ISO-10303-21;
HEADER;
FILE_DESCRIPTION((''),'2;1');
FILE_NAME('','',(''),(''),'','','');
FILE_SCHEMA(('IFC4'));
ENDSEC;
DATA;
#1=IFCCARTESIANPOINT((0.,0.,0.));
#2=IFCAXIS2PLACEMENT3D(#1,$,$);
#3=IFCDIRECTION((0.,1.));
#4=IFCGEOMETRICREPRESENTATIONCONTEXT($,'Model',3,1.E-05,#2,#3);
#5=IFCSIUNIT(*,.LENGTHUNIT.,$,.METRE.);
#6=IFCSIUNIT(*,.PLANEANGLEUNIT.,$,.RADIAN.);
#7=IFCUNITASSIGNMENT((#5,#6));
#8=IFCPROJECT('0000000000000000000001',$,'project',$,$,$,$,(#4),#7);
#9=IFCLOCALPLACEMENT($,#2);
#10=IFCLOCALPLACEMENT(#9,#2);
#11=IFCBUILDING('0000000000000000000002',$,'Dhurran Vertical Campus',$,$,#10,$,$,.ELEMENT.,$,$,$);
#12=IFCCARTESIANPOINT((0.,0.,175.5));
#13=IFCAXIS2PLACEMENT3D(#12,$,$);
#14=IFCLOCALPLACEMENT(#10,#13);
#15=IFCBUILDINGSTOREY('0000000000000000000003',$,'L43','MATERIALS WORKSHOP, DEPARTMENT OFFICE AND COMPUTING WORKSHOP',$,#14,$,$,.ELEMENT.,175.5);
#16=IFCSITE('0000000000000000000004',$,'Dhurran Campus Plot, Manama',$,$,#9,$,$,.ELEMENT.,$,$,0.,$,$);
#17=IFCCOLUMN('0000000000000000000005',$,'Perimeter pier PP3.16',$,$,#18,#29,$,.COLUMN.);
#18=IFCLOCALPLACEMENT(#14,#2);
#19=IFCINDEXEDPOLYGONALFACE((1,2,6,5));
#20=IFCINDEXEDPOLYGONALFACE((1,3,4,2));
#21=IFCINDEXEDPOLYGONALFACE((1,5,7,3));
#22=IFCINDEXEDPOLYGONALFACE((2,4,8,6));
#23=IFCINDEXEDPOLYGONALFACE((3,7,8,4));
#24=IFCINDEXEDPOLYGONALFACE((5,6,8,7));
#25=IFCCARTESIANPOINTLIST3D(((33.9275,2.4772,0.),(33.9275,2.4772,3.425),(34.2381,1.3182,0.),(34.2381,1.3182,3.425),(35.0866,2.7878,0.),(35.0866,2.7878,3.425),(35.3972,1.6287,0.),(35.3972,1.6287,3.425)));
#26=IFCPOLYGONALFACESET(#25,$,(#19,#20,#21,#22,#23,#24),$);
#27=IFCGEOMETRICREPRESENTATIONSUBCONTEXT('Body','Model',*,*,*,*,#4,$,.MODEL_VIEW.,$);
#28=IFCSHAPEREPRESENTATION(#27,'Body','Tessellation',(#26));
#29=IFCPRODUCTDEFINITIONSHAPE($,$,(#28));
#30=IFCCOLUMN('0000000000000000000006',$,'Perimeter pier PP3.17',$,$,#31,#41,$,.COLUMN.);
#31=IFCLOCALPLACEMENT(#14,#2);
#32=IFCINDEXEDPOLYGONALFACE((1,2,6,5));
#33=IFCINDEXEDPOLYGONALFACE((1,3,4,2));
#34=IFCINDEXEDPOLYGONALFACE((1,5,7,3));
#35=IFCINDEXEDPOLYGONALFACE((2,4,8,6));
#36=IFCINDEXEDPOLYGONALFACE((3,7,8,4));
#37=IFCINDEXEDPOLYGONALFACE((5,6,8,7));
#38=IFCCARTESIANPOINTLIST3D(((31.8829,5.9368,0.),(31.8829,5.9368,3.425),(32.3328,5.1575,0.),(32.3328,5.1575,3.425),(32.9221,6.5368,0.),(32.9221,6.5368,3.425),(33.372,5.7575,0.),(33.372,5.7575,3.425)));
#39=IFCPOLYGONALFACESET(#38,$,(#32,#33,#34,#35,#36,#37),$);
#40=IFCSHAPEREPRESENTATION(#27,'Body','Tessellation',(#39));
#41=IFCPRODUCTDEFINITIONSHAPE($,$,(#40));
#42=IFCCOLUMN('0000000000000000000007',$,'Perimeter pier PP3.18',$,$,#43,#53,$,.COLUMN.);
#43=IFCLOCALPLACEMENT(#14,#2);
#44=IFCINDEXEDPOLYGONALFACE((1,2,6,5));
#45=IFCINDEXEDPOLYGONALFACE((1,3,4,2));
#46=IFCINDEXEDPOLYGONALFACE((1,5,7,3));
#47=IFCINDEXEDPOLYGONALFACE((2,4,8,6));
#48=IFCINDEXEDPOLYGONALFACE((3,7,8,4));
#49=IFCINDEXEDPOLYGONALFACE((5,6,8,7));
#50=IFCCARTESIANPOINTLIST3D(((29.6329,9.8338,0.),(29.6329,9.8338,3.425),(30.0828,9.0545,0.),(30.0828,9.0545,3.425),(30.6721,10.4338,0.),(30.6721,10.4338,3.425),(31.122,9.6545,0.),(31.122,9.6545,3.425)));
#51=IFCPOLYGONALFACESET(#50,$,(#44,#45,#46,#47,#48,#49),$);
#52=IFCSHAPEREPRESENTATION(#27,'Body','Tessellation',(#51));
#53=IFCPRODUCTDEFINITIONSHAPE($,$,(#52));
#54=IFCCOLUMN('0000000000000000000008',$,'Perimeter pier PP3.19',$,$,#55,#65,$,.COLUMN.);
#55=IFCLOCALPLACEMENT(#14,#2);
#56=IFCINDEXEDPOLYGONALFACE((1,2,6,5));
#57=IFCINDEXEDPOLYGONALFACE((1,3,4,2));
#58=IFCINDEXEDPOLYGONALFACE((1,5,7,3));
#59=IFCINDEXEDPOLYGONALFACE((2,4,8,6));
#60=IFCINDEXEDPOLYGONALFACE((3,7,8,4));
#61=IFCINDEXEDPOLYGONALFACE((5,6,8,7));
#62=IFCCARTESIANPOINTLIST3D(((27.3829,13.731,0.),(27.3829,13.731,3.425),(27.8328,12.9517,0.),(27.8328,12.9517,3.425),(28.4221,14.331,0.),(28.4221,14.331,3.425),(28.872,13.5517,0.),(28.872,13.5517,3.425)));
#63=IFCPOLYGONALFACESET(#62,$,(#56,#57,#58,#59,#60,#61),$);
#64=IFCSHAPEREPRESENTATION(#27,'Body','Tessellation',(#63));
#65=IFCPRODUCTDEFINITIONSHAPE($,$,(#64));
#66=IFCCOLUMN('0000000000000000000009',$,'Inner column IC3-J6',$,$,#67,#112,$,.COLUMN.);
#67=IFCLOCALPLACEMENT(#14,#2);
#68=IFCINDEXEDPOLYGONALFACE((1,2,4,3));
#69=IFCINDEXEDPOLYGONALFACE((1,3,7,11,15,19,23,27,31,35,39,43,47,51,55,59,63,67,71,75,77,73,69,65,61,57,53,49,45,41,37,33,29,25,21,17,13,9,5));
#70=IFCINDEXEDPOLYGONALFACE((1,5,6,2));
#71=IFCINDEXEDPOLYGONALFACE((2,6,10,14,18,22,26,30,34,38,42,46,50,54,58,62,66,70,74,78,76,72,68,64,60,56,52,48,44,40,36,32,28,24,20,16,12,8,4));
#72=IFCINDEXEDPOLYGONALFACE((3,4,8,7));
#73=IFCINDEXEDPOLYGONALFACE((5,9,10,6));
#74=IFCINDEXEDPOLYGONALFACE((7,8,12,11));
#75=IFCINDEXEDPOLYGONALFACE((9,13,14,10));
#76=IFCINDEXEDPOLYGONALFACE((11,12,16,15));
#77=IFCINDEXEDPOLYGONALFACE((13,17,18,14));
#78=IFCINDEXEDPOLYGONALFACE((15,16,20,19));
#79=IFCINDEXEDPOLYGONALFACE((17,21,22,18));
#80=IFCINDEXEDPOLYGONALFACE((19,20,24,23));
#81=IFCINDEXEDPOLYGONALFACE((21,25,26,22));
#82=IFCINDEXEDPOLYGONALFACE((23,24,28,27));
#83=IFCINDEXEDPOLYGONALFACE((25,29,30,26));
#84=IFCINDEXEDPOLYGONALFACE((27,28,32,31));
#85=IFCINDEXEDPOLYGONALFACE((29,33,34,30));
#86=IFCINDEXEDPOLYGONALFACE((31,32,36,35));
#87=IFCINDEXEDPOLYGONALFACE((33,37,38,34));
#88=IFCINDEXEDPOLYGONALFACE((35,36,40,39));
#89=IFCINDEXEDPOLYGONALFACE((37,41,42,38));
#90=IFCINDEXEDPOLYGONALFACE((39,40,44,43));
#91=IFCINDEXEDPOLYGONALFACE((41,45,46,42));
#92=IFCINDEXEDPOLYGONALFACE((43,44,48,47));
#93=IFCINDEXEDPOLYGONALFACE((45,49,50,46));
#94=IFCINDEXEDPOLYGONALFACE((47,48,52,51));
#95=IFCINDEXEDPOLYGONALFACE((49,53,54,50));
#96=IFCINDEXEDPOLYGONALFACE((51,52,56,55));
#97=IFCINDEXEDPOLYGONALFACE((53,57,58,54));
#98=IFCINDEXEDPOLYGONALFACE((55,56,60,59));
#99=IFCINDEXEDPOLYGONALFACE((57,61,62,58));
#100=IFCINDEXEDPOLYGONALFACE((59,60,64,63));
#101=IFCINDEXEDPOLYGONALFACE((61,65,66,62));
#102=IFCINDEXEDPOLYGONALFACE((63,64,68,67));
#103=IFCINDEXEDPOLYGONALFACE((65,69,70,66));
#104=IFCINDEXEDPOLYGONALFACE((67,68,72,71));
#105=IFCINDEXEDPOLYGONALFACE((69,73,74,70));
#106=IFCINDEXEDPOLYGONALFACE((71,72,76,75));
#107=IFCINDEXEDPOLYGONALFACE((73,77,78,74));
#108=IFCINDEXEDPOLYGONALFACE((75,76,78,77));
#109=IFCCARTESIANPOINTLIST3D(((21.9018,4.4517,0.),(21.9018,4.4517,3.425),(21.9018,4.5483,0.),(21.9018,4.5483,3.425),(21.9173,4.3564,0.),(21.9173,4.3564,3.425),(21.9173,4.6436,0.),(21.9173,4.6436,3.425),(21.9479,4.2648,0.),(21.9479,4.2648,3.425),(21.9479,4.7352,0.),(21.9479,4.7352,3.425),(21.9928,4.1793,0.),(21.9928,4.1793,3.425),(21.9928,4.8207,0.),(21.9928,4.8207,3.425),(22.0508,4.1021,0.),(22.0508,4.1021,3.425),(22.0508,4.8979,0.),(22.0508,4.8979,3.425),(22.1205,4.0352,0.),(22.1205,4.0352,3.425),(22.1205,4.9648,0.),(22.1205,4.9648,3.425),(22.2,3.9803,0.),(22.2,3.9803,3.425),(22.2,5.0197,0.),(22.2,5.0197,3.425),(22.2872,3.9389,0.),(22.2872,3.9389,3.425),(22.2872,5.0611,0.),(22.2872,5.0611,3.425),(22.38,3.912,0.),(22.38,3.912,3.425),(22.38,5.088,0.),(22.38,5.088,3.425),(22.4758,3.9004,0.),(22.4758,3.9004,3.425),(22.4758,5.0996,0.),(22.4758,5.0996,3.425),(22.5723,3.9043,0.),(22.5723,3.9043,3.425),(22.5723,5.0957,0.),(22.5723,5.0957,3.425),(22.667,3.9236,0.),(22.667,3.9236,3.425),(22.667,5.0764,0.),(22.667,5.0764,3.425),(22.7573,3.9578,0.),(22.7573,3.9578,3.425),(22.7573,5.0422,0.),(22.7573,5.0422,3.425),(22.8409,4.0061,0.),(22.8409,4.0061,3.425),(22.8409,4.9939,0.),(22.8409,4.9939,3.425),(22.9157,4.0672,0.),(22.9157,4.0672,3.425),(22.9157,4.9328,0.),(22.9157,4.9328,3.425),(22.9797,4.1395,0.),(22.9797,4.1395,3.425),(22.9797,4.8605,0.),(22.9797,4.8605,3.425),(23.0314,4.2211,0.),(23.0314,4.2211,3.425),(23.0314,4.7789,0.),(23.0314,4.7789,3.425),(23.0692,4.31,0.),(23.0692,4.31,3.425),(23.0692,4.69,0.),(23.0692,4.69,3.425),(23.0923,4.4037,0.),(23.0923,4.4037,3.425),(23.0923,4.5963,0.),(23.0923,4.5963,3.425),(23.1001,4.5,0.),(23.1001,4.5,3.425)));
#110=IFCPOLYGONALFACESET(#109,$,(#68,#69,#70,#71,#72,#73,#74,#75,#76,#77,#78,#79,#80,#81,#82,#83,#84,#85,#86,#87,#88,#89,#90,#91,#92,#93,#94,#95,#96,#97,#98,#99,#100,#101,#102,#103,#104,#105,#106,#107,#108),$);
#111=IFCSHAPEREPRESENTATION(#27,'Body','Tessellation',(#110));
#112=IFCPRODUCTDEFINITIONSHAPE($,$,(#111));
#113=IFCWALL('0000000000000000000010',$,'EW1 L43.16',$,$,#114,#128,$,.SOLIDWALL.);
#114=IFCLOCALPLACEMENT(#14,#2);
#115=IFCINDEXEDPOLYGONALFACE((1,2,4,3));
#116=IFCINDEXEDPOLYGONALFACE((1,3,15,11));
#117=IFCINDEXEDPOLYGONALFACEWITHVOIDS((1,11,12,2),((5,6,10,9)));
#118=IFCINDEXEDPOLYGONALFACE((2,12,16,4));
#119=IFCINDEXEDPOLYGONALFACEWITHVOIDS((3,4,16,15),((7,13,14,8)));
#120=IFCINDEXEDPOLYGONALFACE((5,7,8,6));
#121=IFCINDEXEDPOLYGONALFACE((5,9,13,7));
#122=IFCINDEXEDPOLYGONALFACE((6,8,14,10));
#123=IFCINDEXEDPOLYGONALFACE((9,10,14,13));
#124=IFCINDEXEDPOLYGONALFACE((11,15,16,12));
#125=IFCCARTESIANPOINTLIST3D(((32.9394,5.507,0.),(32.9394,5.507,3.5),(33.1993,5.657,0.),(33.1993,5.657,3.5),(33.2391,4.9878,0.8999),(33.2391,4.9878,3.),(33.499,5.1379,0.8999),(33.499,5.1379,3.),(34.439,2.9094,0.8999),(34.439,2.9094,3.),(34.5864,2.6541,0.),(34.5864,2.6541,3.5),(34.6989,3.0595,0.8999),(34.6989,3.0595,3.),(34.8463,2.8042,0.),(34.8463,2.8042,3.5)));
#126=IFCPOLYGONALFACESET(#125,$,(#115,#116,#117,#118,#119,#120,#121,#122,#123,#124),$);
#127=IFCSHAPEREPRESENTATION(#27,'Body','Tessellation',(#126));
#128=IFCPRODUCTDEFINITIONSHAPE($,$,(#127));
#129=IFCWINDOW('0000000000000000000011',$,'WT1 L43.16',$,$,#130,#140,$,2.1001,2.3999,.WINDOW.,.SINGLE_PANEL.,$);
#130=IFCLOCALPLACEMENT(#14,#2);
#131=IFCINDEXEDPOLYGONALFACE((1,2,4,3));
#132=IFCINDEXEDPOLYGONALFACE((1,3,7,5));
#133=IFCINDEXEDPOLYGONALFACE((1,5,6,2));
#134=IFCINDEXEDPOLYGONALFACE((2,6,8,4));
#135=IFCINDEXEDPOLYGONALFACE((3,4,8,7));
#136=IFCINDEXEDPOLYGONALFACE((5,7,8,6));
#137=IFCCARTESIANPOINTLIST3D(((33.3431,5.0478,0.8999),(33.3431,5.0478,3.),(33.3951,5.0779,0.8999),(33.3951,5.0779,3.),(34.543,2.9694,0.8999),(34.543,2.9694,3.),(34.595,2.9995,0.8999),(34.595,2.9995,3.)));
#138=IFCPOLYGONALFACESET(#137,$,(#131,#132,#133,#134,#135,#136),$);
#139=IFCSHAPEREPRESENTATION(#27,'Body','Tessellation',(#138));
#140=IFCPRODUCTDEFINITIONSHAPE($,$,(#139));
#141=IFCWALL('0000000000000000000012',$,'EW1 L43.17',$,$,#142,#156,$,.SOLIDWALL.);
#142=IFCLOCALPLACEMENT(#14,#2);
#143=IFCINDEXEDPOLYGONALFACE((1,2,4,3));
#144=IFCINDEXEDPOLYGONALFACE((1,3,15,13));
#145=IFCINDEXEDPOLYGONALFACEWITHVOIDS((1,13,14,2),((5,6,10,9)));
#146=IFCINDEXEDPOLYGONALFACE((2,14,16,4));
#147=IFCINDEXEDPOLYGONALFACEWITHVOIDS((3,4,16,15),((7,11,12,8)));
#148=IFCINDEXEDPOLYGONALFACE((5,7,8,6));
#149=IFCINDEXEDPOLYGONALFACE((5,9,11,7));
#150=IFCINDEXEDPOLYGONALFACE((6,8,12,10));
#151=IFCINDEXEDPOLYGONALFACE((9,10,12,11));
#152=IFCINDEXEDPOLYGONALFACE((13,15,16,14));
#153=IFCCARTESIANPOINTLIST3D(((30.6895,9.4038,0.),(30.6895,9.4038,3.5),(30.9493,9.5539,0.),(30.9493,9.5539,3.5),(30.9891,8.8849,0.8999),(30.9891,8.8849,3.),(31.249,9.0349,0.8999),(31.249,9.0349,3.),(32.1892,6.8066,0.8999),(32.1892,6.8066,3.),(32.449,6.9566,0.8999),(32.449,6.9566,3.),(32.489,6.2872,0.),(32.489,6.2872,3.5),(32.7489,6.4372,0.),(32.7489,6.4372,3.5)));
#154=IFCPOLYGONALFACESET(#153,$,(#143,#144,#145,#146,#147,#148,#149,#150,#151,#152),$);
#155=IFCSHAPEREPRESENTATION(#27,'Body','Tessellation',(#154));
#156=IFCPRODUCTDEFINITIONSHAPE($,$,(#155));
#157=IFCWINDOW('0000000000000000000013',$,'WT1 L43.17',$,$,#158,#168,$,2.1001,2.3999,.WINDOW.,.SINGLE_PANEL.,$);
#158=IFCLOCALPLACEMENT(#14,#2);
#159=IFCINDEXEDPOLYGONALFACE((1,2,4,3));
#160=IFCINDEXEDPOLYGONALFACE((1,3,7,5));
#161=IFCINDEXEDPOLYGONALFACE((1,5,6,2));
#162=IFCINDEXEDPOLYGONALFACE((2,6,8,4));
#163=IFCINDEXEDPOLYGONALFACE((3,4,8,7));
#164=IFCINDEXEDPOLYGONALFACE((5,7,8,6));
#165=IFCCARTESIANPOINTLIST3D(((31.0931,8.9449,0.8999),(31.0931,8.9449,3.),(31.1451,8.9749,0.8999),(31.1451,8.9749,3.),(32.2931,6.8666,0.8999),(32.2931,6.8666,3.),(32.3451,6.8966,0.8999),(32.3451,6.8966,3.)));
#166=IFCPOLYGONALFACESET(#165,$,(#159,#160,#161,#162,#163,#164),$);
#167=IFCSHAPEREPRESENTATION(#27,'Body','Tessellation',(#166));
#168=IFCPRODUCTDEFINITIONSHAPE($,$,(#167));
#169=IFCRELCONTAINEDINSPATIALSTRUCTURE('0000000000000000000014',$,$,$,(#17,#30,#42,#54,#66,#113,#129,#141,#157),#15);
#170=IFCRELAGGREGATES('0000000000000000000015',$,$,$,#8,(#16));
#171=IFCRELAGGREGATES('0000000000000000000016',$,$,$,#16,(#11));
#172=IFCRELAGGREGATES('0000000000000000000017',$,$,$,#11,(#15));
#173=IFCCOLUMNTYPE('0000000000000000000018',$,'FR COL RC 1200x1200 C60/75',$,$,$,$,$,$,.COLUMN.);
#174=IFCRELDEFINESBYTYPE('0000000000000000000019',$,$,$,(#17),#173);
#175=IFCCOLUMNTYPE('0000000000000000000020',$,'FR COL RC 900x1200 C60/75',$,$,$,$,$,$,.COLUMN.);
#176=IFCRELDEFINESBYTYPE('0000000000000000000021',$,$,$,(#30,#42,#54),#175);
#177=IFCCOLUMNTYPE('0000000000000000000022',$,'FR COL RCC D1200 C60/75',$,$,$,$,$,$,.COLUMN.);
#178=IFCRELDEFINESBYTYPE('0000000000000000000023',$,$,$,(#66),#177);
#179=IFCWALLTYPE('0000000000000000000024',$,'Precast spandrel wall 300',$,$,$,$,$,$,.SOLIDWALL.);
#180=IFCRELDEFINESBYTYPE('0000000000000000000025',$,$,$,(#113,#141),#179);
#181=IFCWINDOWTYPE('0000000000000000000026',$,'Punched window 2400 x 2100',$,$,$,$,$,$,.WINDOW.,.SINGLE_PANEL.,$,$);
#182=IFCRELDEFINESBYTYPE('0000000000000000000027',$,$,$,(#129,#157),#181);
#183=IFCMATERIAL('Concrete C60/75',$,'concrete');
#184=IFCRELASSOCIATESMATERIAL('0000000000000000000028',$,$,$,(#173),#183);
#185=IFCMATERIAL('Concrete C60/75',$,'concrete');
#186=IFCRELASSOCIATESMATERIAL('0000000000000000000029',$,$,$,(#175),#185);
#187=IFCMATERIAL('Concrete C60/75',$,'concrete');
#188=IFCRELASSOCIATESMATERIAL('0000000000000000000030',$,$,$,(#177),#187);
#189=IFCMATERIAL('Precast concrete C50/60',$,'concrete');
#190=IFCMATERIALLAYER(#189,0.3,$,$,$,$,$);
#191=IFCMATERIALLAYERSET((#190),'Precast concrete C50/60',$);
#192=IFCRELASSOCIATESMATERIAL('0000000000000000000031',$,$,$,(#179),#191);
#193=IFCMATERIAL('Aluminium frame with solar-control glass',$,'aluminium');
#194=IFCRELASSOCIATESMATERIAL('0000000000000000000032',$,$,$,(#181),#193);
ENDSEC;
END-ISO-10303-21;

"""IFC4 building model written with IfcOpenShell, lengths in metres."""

from ifc_helpers import new_model, si_unit, direction, frame, frame_2d, origin, origin_2d, place, context, subcontext, project, spatial, rectangle, circle, extrude, material, layer, layer_set, material_profile, profile_set, type_object, element, fill, save


model = new_model("IFC4")

# Units and contexts
model_context = context("Model", 3, precision=1e-05, world=origin(), true_north=direction((0.0, 1.0)))
body_context = subcontext(model_context, "Body", "Model", "MODEL_VIEW")
ifc_project = project(units=[si_unit("LENGTHUNIT", "METRE"), si_unit("PLANEANGLEUNIT", "RADIAN")], contexts=[model_context])

# Site, building, storey
site_placement = place(None, origin())
site = spatial("IfcSite", under=ifc_project, at=site_placement, Name="Dhurran Campus Plot, Manama", CompositionType="ELEMENT", RefElevation=0.0)
building_placement = place(site_placement, origin())
building = spatial("IfcBuilding", under=site, at=building_placement, Name="Dhurran Vertical Campus", CompositionType="ELEMENT")
storey_placement = place(building_placement, frame((0.0, 0.0, 175.5)))
storey = spatial("IfcBuildingStorey", under=building, at=storey_placement, Name="L43", Description="MATERIALS WORKSHOP, DEPARTMENT OFFICE AND COMPUTING WORKSHOP", CompositionType="ELEMENT", Elevation=175.5)

# Columns
ifc_material_1 = material(Name="Concrete C60/75", Category="concrete")
ifc_material_profile_1 = material_profile(ifc_material_1, rectangle(XDim=1.2, YDim=1.2, at=origin_2d()), Name="RC 1200x1200")
ifc_profile_set_1 = profile_set([ifc_material_profile_1], Name="Concrete C60/75")
column_type_1 = type_object("IfcColumnType", Name="FR COL RC 1200x1200 C60/75", PredefinedType="COLUMN", material=ifc_profile_set_1)
column_1_placement = place(storey_placement, frame((34.6624, 2.053, 0.0), z_axis=(0.0, 0.0, 1.0), x_axis=(-0.258819, 0.965926, 0.0)))
element("IfcColumn", 1, at=column_1_placement, inside=storey, type_object=column_type_1, Name="Perimeter pier PP3.16", PredefinedType="COLUMN", context=body_context, shape_type="SweptSolid", body=[
    extrude(rectangle(XDim=1.2, YDim=1.2, at=origin_2d()), origin(), (0.0, 0.0, 1.0), 3.425),
])
ifc_material_2 = material(Name="Concrete C60/75", Category="concrete")
ifc_material_profile_2 = material_profile(ifc_material_2, rectangle(XDim=0.8999, YDim=1.2, at=origin_2d()), Name="RC 900x1200")
ifc_profile_set_2 = profile_set([ifc_material_profile_2], Name="Concrete C60/75")
column_type_2 = type_object("IfcColumnType", Name="FR COL RC 900x1200 C60/75", PredefinedType="COLUMN", material=ifc_profile_set_2)
for number, where, z_axis, x_axis, name in (
    (2, (32.6274, 5.8472, 0.0), (0.0, 0.0, 1.0), (-0.5, 0.866025, 0.0), "Perimeter pier PP3.17"),
    (3, (30.3774, 9.7441, 0.0), (0.0, 0.0, 1.0), (-0.5, 0.866025, 0.0), "Perimeter pier PP3.18"),
    (4, (28.1274, 13.6414, 0.0), (0.0, 0.0, 1.0), (-0.5, 0.866025, 0.0), "Perimeter pier PP3.19"),
):
    element("IfcColumn", number, at=place(storey_placement, frame(where, z_axis=z_axis, x_axis=x_axis)), inside=storey, type_object=column_type_2, Name=name, PredefinedType="COLUMN", context=body_context, shape_type="SweptSolid", body=[
        extrude(rectangle(XDim=0.8999, YDim=1.2, at=origin_2d()), origin(), (0.0, 0.0, 1.0), 3.425),
    ])
ifc_material_3 = material(Name="Concrete C60/75", Category="concrete")
ifc_material_profile_3 = material_profile(ifc_material_3, circle(Radius=0.6001, at=origin_2d()), Name="RCC D1200")
ifc_profile_set_3 = profile_set([ifc_material_profile_3], Name="Concrete C60/75")
column_type_3 = type_object("IfcColumnType", Name="FR COL RCC D1200 C60/75", PredefinedType="COLUMN", material=ifc_profile_set_3)
column_2_placement = place(storey_placement, frame((22.5, 4.5, 0.0), z_axis=(0.0, 0.0, 1.0), x_axis=(1.0, 0.0, 0.0)))
element("IfcColumn", 5, at=column_2_placement, inside=storey, type_object=column_type_3, Name="Inner column IC3-J6", PredefinedType="COLUMN", context=body_context, shape_type="SweptSolid", body=[
    extrude(circle(Radius=0.6001, at=origin_2d()), origin(), (0.0, 0.0, 1.0), 3.425),
])

# Walls, openings, windows
ifc_material_4 = material(Name="Precast concrete C50/60", Category="concrete")
ifc_layer_1 = layer(ifc_material_4, 0.3)
ifc_layer_set_1 = layer_set([ifc_layer_1], Name="Precast concrete C50/60")
wall_type_1 = type_object("IfcWallType", Name="Precast spandrel wall 300", PredefinedType="SOLIDWALL", material=ifc_layer_set_1)
wall_1_placement = place(storey_placement, frame((34.7163, 2.7292, 0.0), z_axis=(0.0, 0.0, 1.0), x_axis=(-0.499981, 0.866036, 0.0)))
wall_1 = element("IfcWall", 6, at=wall_1_placement, inside=storey, type_object=wall_type_1, Name="EW1 L43.16", PredefinedType="SOLIDWALL", context=body_context, shape_type="SweptSolid", body=[
    extrude(rectangle(XDim=3.2942, YDim=0.3, at=frame_2d((1.647, 0.0))), origin(), (0.0, 0.0, 1.0), 3.5),
])
opening_1_placement = place(wall_1_placement, frame((0.2947, 0.0, 0.8999)))
opening_1 = element("IfcOpeningElement", 7, at=opening_1_placement, cuts=wall_1, PredefinedType="OPENING", context=body_context, shape_type="SweptSolid", body=[
    extrude(rectangle(XDim=2.3999, YDim=2.1001, at=frame_2d((1.2, 1.05))), frame((0.0, 0.1599, 0.0), z_axis=(0.0, -1.0, 0.0), x_axis=(1.0, 0.0, 0.0)), (0.0, 0.0, 1.0), 0.3201),
])
ifc_material_5 = material(Name="Aluminium frame with solar-control glass", Category="aluminium")
window_type = type_object("IfcWindowType", Name="Punched window 2400 x 2100", PartitioningType="SINGLE_PANEL", PredefinedType="WINDOW", material=ifc_material_5)
window_1_placement = place(opening_1_placement, origin())
window_1 = element("IfcWindow", 8, at=window_1_placement, inside=storey, type_object=window_type, Name="WT1 L43.16", OverallHeight=2.1001, OverallWidth=2.3999, PartitioningType="SINGLE_PANEL", PredefinedType="WINDOW", context=body_context, shape_type="SweptSolid", body=[
    extrude(rectangle(XDim=2.3999, YDim=2.1001, at=frame_2d((1.2, 1.05))), frame((0.0, 0.03, 0.0), z_axis=(0.0, -1.0, 0.0), x_axis=(1.0, 0.0, 0.0)), (0.0, 0.0, 1.0), 0.0601),
])
fill(opening_1, window_1)
wall_2_placement = place(storey_placement, frame((32.6189, 6.3623, 0.0), z_axis=(0.0, 0.0, 1.0), x_axis=(-0.500028, 0.866009, 0.0)))
wall_2 = element("IfcWall", 9, at=wall_2_placement, inside=storey, type_object=wall_type_1, Name="EW1 L43.17", PredefinedType="SOLIDWALL", context=body_context, shape_type="SweptSolid", body=[
    extrude(rectangle(XDim=3.5989, YDim=0.3, at=frame_2d((1.7993, 0.0))), origin(), (0.0, 0.0, 1.0), 3.5),
])
opening_2_placement = place(wall_2_placement, frame((0.5996, 0.0, 0.8999)))
opening_2 = element("IfcOpeningElement", 10, at=opening_2_placement, cuts=wall_2, PredefinedType="OPENING", context=body_context, shape_type="SweptSolid", body=[
    extrude(rectangle(XDim=2.3999, YDim=2.1001, at=frame_2d((1.2, 1.05))), frame((0.0, 0.1599, 0.0), z_axis=(0.0, -1.0, 0.0), x_axis=(1.0, 0.0, 0.0)), (0.0, 0.0, 1.0), 0.3201),
])
window_2_placement = place(opening_2_placement, origin())
window_2 = element("IfcWindow", 11, at=window_2_placement, inside=storey, type_object=window_type, Name="WT1 L43.17", OverallHeight=2.1001, OverallWidth=2.3999, PartitioningType="SINGLE_PANEL", PredefinedType="WINDOW", context=body_context, shape_type="SweptSolid", body=[
    extrude(rectangle(XDim=2.3999, YDim=2.1001, at=frame_2d((1.2, 1.05))), frame((0.0, 0.03, 0.0), z_axis=(0.0, -1.0, 0.0), x_axis=(1.0, 0.0, 0.0)), (0.0, 0.0, 1.0), 0.0601),
])
fill(opening_2, window_2)

save(model, "model.ifc")
